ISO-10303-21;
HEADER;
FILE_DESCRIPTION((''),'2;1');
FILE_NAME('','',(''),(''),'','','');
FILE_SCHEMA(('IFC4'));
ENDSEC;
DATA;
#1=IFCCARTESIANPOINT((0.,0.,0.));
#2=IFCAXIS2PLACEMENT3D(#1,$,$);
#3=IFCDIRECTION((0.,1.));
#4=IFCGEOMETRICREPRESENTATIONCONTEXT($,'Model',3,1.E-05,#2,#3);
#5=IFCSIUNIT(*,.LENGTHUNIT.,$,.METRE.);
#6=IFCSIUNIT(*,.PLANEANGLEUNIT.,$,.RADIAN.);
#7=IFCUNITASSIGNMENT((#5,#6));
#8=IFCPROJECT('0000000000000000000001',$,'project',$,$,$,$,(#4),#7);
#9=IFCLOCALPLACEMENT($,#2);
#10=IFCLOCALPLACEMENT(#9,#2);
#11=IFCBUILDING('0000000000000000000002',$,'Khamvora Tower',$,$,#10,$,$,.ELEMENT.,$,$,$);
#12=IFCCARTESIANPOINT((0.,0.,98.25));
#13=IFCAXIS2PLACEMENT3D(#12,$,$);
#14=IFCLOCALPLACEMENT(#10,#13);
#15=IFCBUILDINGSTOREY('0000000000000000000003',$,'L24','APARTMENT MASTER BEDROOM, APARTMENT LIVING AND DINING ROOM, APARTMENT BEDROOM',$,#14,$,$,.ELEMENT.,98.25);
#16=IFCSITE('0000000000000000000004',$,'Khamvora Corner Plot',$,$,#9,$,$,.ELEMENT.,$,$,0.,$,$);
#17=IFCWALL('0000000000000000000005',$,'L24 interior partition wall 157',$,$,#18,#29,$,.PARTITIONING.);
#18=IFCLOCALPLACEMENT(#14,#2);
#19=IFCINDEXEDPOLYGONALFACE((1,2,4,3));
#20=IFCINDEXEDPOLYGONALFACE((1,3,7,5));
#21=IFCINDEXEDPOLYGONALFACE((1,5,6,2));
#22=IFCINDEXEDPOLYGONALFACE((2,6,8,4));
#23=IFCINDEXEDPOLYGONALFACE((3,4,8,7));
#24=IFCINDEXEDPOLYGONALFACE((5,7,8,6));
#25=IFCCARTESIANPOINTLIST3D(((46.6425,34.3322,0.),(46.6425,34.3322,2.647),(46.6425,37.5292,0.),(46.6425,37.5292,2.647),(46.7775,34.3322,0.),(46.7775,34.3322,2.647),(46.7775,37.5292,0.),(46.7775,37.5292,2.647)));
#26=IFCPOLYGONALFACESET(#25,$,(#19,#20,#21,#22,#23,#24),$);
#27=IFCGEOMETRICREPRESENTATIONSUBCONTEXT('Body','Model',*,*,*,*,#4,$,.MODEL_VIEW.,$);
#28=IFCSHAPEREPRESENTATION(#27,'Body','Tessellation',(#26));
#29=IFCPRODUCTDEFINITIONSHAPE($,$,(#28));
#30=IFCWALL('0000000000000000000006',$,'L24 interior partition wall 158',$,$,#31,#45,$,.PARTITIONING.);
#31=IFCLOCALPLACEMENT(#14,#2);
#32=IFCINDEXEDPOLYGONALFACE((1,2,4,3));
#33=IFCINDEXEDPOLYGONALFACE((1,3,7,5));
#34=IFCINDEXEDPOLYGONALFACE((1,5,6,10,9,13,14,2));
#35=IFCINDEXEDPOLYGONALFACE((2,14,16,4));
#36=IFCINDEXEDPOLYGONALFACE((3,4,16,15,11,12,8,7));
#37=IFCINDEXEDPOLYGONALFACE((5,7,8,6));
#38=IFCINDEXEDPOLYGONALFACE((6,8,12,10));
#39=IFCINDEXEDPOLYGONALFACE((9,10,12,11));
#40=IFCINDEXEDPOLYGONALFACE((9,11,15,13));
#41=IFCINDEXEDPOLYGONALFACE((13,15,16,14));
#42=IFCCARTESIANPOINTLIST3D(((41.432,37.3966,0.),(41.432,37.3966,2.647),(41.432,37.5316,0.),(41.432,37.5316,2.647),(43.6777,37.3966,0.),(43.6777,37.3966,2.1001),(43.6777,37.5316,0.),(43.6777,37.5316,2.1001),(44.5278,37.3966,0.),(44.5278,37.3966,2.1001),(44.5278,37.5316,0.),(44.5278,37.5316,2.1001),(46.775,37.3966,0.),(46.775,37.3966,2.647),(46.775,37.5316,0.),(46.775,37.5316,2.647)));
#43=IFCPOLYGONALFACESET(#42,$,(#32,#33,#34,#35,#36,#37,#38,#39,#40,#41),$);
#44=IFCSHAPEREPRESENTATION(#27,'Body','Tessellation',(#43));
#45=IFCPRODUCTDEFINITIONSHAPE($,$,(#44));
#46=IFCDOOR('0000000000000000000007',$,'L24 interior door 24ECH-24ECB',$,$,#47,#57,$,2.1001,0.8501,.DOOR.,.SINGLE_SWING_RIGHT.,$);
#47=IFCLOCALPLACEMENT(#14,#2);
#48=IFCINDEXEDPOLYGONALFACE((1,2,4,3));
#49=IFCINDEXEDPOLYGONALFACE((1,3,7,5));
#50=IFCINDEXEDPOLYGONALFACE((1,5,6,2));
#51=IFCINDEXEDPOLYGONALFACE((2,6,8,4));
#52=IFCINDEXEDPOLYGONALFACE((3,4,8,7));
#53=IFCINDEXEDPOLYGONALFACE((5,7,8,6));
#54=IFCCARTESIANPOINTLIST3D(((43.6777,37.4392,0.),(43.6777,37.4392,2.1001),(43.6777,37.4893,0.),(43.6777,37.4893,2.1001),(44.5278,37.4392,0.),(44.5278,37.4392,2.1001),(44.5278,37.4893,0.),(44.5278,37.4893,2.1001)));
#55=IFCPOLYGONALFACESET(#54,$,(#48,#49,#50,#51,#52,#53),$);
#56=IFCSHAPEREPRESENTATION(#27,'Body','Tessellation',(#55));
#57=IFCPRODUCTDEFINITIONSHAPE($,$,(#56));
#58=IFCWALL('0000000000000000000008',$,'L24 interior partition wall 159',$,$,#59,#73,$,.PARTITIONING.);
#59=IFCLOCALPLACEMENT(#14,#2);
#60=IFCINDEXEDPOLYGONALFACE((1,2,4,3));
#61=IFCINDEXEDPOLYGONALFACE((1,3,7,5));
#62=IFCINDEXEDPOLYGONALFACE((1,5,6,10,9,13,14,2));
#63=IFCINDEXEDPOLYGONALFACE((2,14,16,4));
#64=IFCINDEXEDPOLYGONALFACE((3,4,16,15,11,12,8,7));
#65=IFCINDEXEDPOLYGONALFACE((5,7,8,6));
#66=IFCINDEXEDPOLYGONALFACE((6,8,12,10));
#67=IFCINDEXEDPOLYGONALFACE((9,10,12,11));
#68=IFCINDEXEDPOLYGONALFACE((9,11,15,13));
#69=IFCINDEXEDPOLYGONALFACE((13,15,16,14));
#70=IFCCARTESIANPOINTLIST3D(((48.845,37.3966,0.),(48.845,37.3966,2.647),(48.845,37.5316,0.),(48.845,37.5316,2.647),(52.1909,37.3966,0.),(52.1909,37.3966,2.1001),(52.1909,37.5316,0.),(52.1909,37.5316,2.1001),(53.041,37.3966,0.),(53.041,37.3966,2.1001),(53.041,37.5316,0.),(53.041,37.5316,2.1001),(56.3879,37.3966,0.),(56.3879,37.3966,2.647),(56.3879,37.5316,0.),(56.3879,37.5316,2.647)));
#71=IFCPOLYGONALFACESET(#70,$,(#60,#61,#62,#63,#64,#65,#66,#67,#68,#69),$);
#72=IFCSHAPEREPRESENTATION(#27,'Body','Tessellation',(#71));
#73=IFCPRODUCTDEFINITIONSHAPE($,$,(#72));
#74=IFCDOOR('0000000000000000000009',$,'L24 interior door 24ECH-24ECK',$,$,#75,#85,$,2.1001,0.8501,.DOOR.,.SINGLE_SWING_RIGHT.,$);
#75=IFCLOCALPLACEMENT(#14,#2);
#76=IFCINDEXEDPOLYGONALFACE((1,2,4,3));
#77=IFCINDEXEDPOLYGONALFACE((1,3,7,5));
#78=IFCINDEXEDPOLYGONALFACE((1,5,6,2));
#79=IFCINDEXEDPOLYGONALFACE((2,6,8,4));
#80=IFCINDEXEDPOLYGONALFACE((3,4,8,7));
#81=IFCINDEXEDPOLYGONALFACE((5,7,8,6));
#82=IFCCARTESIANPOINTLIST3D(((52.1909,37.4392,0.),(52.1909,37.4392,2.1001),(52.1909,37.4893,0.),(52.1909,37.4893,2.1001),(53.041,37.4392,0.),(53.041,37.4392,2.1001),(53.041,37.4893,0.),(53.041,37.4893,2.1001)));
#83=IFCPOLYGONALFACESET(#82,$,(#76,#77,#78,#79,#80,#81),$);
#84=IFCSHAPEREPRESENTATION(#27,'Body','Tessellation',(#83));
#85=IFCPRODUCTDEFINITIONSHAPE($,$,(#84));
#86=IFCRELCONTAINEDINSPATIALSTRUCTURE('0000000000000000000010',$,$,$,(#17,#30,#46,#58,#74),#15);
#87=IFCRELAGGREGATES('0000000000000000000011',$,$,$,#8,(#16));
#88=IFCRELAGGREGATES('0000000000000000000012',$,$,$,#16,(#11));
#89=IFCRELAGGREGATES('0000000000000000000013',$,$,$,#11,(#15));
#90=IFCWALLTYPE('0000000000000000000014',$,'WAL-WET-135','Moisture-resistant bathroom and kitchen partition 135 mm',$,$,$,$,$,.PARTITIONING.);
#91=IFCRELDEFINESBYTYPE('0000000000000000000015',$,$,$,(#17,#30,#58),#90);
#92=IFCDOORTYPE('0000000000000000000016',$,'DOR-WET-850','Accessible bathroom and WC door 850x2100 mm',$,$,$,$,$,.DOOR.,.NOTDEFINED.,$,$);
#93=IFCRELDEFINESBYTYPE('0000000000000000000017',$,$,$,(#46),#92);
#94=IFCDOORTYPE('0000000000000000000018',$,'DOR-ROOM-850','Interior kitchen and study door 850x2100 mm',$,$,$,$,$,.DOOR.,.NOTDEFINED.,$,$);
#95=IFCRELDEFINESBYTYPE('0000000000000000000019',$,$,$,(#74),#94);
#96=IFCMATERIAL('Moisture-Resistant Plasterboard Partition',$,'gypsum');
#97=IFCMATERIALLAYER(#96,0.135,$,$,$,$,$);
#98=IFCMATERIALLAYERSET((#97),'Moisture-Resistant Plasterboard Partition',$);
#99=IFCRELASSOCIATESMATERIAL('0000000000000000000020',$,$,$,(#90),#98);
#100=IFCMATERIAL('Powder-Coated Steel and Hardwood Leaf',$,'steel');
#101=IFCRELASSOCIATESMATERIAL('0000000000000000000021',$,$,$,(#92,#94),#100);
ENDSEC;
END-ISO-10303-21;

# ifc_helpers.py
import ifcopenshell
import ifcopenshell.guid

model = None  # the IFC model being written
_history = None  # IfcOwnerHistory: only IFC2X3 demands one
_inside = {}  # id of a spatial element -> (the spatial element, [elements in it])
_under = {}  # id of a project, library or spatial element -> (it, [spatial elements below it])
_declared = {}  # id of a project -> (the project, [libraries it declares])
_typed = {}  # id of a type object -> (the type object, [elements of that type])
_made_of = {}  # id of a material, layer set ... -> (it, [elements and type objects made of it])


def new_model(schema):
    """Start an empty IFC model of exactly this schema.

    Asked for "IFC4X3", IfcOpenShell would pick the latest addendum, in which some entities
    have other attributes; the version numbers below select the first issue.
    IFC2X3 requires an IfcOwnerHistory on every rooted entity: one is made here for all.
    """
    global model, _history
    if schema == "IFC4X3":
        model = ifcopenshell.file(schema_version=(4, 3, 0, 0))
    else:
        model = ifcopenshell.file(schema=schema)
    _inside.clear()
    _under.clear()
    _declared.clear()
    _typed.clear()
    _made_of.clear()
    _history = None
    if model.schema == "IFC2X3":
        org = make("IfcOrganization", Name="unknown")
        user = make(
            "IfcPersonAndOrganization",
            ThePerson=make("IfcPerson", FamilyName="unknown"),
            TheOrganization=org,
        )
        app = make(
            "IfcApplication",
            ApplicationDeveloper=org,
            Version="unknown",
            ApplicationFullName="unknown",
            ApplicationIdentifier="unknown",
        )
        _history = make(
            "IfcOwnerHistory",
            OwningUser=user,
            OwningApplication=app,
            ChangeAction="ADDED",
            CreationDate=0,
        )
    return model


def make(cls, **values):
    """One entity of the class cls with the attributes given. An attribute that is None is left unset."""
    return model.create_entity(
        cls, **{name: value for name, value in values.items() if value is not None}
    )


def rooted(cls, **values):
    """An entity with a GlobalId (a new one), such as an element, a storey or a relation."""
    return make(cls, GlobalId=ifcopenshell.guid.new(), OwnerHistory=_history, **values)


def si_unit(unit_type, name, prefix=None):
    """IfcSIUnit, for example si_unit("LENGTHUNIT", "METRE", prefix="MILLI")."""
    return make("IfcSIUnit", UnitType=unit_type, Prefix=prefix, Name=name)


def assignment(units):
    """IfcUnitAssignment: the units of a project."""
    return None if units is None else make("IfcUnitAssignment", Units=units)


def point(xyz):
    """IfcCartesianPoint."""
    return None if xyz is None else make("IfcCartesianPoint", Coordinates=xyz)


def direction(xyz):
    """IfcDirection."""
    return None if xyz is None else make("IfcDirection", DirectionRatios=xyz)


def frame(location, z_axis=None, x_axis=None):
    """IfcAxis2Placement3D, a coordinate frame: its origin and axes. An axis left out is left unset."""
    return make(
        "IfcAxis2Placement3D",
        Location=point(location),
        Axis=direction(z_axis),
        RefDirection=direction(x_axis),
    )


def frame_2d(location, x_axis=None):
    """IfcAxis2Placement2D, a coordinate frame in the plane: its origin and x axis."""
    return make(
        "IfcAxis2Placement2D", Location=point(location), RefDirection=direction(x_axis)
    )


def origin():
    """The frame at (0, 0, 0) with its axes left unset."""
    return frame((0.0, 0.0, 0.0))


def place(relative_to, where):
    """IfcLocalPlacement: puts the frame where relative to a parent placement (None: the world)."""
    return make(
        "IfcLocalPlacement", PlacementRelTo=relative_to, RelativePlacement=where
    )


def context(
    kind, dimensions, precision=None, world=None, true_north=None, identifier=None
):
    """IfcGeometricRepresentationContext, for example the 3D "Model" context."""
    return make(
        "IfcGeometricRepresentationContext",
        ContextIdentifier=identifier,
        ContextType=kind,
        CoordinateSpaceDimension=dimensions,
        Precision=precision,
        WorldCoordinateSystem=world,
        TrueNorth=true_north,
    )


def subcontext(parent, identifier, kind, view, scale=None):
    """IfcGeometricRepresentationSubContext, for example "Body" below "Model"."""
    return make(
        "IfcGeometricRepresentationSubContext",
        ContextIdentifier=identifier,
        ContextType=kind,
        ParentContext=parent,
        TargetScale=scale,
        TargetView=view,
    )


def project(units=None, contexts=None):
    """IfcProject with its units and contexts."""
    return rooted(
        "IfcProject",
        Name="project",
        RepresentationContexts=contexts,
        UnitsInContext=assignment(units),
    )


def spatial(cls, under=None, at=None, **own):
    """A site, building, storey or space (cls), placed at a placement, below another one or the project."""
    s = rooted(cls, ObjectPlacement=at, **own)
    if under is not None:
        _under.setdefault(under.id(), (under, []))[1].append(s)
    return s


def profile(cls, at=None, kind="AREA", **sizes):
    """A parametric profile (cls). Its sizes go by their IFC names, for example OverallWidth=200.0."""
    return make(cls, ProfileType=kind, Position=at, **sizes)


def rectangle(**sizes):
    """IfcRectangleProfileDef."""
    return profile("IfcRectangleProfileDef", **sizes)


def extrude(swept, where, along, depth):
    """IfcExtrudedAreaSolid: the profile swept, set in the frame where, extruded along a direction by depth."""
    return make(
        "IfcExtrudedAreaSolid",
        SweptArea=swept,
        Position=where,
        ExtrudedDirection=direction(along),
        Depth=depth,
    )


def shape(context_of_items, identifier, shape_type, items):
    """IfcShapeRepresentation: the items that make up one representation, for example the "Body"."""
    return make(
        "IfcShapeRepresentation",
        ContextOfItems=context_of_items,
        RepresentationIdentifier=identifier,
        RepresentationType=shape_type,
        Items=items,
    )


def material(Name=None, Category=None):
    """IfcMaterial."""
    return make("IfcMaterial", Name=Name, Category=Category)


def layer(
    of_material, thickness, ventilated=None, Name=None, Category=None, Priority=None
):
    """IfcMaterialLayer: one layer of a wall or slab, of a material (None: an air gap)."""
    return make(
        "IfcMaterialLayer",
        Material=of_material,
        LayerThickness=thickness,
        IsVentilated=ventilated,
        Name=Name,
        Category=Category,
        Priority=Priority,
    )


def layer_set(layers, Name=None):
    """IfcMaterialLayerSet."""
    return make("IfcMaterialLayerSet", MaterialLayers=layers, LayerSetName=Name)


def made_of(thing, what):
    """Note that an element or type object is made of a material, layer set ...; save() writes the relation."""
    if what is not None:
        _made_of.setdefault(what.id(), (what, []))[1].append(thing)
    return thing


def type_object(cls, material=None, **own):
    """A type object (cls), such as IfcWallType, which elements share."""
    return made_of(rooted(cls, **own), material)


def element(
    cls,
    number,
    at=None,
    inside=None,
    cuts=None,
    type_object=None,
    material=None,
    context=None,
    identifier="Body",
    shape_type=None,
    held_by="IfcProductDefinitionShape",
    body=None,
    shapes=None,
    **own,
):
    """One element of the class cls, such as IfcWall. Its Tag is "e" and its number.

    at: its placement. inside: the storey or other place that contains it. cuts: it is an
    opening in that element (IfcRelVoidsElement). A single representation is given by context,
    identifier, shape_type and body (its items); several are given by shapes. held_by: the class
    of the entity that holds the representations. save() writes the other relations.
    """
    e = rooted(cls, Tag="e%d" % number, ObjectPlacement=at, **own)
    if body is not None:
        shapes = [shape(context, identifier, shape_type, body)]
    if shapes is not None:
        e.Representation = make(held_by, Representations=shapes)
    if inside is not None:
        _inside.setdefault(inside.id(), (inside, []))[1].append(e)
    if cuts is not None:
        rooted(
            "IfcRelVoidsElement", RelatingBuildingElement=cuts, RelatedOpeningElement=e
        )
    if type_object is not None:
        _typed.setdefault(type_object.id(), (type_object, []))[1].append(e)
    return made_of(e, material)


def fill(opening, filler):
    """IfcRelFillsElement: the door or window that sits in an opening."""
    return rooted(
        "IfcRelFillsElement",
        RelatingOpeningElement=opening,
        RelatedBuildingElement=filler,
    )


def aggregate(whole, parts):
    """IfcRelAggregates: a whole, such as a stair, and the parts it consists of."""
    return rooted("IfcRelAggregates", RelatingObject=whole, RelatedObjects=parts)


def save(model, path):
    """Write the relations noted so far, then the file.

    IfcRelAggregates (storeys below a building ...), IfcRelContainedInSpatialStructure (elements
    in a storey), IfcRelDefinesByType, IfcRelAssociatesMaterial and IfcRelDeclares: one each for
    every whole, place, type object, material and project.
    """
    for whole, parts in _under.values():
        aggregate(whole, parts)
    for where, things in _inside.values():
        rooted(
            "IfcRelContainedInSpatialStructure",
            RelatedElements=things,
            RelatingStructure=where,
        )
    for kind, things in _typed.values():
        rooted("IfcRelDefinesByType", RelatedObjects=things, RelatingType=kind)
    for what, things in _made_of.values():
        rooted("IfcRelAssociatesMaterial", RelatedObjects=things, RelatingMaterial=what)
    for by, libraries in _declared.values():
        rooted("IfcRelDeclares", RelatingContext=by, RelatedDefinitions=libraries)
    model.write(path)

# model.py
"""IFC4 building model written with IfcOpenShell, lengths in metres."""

from ifc_helpers import new_model, si_unit, direction, frame, frame_2d, origin, place, context, subcontext, project, spatial, rectangle, extrude, material, layer, layer_set, type_object, element, fill, save


model = new_model("IFC4")

# Units and contexts
model_context = context("Model", 3, precision=1e-05, world=origin(), true_north=direction((0.0, 1.0)))
body_context = subcontext(model_context, "Body", "Model", "MODEL_VIEW")
ifc_project = project(units=[si_unit("LENGTHUNIT", "METRE"), si_unit("PLANEANGLEUNIT", "RADIAN")], contexts=[model_context])

# Site, building, storey
site_placement = place(None, origin())
site = spatial("IfcSite", under=ifc_project, at=site_placement, Name="Khamvora Corner Plot", CompositionType="ELEMENT", RefElevation=0.0)
building_placement = place(site_placement, origin())
building = spatial("IfcBuilding", under=site, at=building_placement, Name="Khamvora Tower", CompositionType="ELEMENT")
storey_placement = place(building_placement, frame((0.0, 0.0, 98.25)))
storey = spatial("IfcBuildingStorey", under=building, at=storey_placement, Name="L24", Description="APARTMENT MASTER BEDROOM, APARTMENT LIVING AND DINING ROOM, APARTMENT BEDROOM", CompositionType="ELEMENT", Elevation=98.25)

# Shared definitions
ifc_material_1 = material(Name="Powder-Coated Steel and Hardwood Leaf", Category="steel")

# Shared definitions
ifc_material_2 = material(Name="Moisture-Resistant Plasterboard Partition", Category="gypsum")
ifc_layer_1 = layer(ifc_material_2, 0.135)
ifc_layer_set_1 = layer_set([ifc_layer_1], Name="Moisture-Resistant Plasterboard Partition")
wall_type_1 = type_object("IfcWallType", Name="WAL-WET-135", Description="Moisture-resistant bathroom and kitchen partition 135 mm", PredefinedType="PARTITIONING", material=ifc_layer_set_1)
door_type_1 = type_object("IfcDoorType", Name="DOR-WET-850", Description="Accessible bathroom and WC door 850x2100 mm", OperationType="NOTDEFINED", PredefinedType="DOOR", material=ifc_material_1)

# Shared definitions
door_type_2 = type_object("IfcDoorType", Name="DOR-ROOM-850", Description="Interior kitchen and study door 850x2100 mm", OperationType="NOTDEFINED", PredefinedType="DOOR", material=ifc_material_1)

# Wall
wall_1_placement = place(storey_placement, frame((46.71, 34.332, 0.0), z_axis=(0.0, 0.0, 1.0), x_axis=(0.0, 1.0, 0.0)))
element("IfcWall", 1, at=wall_1_placement, inside=storey, type_object=wall_type_1, Name="L24 interior partition wall 157", PredefinedType="PARTITIONING", context=body_context, shape_type="SweptSolid", body=[
    extrude(rectangle(XDim=3.197, YDim=0.135, at=frame_2d((1.5986, 0.0))), origin(), (0.0, 0.0, 1.0), 2.647),
])

# Walls, openings, doors
wall_2_placement = place(storey_placement, frame((46.7749, 37.4641, 0.0), z_axis=(0.0, 0.0, 1.0), x_axis=(-1.0, 0.0, 0.0)))
wall_2 = element("IfcWall", 2, at=wall_2_placement, inside=storey, type_object=wall_type_1, Name="L24 interior partition wall 158", PredefinedType="PARTITIONING", context=body_context, shape_type="SweptSolid", body=[
    extrude(rectangle(XDim=5.343, YDim=0.135, at=frame_2d((2.6714, 0.0))), origin(), (0.0, 0.0, 1.0), 2.647),
])
opening_1_placement = place(wall_2_placement, frame((2.2471, 0.0, 0.0)))
opening_1 = element("IfcOpeningElement", 3, at=opening_1_placement, cuts=wall_2, PredefinedType="OPENING", context=body_context, shape_type="SweptSolid", body=[
    extrude(rectangle(XDim=0.8501, YDim=2.1001, at=frame_2d((0.425, 1.05))), frame((0.0, 0.0774, 0.0), z_axis=(0.0, -1.0, 0.0), x_axis=(1.0, 0.0, 0.0)), (0.0, 0.0, 1.0), 0.155),
])
door_1_placement = place(opening_1_placement, origin())
door_1 = element("IfcDoor", 4, at=door_1_placement, inside=storey, type_object=door_type_1, Name="L24 interior door 24ECH-24ECB", OperationType="SINGLE_SWING_RIGHT", OverallHeight=2.1001, OverallWidth=0.8501, PredefinedType="DOOR", context=body_context, shape_type="SweptSolid", body=[
    extrude(rectangle(XDim=0.8501, YDim=2.1001, at=frame_2d((0.425, 1.05))), frame((0.0, 0.0249, 0.0), z_axis=(0.0, -1.0, 0.0), x_axis=(1.0, 0.0, 0.0)), (0.0, 0.0, 1.0), 0.05),
])
fill(opening_1, door_1)
wall_3_placement = place(storey_placement, frame((56.3879, 37.4641, 0.0), z_axis=(0.0, 0.0, 1.0), x_axis=(-1.0, 0.0, 0.0)))
wall_3 = element("IfcWall", 5, at=wall_3_placement, inside=storey, type_object=wall_type_1, Name="L24 interior partition wall 159", PredefinedType="PARTITIONING", context=body_context, shape_type="SweptSolid", body=[
    extrude(rectangle(XDim=7.543, YDim=0.135, at=frame_2d((3.7715, 0.0))), origin(), (0.0, 0.0, 1.0), 2.647),
])
opening_2_placement = place(wall_3_placement, frame((3.3469, 0.0, 0.0)))
opening_2 = element("IfcOpeningElement", 6, at=opening_2_placement, cuts=wall_3, PredefinedType="OPENING", context=body_context, shape_type="SweptSolid", body=[
    extrude(rectangle(XDim=0.8501, YDim=2.1001, at=frame_2d((0.425, 1.05))), frame((0.0, 0.0774, 0.0), z_axis=(0.0, -1.0, 0.0), x_axis=(1.0, 0.0, 0.0)), (0.0, 0.0, 1.0), 0.155),
])
door_2_placement = place(opening_2_placement, origin())
door_2 = element("IfcDoor", 7, at=door_2_placement, inside=storey, type_object=door_type_2, Name="L24 interior door 24ECH-24ECK", OperationType="SINGLE_SWING_RIGHT", OverallHeight=2.1001, OverallWidth=0.8501, PredefinedType="DOOR", context=body_context, shape_type="SweptSolid", body=[
    extrude(rectangle(XDim=0.8501, YDim=2.1001, at=frame_2d((0.425, 1.05))), frame((0.0, 0.0249, 0.0), z_axis=(0.0, -1.0, 0.0), x_axis=(1.0, 0.0, 0.0)), (0.0, 0.0, 1.0), 0.05),
])
fill(opening_2, door_2)

save(model, "model.ifc")
